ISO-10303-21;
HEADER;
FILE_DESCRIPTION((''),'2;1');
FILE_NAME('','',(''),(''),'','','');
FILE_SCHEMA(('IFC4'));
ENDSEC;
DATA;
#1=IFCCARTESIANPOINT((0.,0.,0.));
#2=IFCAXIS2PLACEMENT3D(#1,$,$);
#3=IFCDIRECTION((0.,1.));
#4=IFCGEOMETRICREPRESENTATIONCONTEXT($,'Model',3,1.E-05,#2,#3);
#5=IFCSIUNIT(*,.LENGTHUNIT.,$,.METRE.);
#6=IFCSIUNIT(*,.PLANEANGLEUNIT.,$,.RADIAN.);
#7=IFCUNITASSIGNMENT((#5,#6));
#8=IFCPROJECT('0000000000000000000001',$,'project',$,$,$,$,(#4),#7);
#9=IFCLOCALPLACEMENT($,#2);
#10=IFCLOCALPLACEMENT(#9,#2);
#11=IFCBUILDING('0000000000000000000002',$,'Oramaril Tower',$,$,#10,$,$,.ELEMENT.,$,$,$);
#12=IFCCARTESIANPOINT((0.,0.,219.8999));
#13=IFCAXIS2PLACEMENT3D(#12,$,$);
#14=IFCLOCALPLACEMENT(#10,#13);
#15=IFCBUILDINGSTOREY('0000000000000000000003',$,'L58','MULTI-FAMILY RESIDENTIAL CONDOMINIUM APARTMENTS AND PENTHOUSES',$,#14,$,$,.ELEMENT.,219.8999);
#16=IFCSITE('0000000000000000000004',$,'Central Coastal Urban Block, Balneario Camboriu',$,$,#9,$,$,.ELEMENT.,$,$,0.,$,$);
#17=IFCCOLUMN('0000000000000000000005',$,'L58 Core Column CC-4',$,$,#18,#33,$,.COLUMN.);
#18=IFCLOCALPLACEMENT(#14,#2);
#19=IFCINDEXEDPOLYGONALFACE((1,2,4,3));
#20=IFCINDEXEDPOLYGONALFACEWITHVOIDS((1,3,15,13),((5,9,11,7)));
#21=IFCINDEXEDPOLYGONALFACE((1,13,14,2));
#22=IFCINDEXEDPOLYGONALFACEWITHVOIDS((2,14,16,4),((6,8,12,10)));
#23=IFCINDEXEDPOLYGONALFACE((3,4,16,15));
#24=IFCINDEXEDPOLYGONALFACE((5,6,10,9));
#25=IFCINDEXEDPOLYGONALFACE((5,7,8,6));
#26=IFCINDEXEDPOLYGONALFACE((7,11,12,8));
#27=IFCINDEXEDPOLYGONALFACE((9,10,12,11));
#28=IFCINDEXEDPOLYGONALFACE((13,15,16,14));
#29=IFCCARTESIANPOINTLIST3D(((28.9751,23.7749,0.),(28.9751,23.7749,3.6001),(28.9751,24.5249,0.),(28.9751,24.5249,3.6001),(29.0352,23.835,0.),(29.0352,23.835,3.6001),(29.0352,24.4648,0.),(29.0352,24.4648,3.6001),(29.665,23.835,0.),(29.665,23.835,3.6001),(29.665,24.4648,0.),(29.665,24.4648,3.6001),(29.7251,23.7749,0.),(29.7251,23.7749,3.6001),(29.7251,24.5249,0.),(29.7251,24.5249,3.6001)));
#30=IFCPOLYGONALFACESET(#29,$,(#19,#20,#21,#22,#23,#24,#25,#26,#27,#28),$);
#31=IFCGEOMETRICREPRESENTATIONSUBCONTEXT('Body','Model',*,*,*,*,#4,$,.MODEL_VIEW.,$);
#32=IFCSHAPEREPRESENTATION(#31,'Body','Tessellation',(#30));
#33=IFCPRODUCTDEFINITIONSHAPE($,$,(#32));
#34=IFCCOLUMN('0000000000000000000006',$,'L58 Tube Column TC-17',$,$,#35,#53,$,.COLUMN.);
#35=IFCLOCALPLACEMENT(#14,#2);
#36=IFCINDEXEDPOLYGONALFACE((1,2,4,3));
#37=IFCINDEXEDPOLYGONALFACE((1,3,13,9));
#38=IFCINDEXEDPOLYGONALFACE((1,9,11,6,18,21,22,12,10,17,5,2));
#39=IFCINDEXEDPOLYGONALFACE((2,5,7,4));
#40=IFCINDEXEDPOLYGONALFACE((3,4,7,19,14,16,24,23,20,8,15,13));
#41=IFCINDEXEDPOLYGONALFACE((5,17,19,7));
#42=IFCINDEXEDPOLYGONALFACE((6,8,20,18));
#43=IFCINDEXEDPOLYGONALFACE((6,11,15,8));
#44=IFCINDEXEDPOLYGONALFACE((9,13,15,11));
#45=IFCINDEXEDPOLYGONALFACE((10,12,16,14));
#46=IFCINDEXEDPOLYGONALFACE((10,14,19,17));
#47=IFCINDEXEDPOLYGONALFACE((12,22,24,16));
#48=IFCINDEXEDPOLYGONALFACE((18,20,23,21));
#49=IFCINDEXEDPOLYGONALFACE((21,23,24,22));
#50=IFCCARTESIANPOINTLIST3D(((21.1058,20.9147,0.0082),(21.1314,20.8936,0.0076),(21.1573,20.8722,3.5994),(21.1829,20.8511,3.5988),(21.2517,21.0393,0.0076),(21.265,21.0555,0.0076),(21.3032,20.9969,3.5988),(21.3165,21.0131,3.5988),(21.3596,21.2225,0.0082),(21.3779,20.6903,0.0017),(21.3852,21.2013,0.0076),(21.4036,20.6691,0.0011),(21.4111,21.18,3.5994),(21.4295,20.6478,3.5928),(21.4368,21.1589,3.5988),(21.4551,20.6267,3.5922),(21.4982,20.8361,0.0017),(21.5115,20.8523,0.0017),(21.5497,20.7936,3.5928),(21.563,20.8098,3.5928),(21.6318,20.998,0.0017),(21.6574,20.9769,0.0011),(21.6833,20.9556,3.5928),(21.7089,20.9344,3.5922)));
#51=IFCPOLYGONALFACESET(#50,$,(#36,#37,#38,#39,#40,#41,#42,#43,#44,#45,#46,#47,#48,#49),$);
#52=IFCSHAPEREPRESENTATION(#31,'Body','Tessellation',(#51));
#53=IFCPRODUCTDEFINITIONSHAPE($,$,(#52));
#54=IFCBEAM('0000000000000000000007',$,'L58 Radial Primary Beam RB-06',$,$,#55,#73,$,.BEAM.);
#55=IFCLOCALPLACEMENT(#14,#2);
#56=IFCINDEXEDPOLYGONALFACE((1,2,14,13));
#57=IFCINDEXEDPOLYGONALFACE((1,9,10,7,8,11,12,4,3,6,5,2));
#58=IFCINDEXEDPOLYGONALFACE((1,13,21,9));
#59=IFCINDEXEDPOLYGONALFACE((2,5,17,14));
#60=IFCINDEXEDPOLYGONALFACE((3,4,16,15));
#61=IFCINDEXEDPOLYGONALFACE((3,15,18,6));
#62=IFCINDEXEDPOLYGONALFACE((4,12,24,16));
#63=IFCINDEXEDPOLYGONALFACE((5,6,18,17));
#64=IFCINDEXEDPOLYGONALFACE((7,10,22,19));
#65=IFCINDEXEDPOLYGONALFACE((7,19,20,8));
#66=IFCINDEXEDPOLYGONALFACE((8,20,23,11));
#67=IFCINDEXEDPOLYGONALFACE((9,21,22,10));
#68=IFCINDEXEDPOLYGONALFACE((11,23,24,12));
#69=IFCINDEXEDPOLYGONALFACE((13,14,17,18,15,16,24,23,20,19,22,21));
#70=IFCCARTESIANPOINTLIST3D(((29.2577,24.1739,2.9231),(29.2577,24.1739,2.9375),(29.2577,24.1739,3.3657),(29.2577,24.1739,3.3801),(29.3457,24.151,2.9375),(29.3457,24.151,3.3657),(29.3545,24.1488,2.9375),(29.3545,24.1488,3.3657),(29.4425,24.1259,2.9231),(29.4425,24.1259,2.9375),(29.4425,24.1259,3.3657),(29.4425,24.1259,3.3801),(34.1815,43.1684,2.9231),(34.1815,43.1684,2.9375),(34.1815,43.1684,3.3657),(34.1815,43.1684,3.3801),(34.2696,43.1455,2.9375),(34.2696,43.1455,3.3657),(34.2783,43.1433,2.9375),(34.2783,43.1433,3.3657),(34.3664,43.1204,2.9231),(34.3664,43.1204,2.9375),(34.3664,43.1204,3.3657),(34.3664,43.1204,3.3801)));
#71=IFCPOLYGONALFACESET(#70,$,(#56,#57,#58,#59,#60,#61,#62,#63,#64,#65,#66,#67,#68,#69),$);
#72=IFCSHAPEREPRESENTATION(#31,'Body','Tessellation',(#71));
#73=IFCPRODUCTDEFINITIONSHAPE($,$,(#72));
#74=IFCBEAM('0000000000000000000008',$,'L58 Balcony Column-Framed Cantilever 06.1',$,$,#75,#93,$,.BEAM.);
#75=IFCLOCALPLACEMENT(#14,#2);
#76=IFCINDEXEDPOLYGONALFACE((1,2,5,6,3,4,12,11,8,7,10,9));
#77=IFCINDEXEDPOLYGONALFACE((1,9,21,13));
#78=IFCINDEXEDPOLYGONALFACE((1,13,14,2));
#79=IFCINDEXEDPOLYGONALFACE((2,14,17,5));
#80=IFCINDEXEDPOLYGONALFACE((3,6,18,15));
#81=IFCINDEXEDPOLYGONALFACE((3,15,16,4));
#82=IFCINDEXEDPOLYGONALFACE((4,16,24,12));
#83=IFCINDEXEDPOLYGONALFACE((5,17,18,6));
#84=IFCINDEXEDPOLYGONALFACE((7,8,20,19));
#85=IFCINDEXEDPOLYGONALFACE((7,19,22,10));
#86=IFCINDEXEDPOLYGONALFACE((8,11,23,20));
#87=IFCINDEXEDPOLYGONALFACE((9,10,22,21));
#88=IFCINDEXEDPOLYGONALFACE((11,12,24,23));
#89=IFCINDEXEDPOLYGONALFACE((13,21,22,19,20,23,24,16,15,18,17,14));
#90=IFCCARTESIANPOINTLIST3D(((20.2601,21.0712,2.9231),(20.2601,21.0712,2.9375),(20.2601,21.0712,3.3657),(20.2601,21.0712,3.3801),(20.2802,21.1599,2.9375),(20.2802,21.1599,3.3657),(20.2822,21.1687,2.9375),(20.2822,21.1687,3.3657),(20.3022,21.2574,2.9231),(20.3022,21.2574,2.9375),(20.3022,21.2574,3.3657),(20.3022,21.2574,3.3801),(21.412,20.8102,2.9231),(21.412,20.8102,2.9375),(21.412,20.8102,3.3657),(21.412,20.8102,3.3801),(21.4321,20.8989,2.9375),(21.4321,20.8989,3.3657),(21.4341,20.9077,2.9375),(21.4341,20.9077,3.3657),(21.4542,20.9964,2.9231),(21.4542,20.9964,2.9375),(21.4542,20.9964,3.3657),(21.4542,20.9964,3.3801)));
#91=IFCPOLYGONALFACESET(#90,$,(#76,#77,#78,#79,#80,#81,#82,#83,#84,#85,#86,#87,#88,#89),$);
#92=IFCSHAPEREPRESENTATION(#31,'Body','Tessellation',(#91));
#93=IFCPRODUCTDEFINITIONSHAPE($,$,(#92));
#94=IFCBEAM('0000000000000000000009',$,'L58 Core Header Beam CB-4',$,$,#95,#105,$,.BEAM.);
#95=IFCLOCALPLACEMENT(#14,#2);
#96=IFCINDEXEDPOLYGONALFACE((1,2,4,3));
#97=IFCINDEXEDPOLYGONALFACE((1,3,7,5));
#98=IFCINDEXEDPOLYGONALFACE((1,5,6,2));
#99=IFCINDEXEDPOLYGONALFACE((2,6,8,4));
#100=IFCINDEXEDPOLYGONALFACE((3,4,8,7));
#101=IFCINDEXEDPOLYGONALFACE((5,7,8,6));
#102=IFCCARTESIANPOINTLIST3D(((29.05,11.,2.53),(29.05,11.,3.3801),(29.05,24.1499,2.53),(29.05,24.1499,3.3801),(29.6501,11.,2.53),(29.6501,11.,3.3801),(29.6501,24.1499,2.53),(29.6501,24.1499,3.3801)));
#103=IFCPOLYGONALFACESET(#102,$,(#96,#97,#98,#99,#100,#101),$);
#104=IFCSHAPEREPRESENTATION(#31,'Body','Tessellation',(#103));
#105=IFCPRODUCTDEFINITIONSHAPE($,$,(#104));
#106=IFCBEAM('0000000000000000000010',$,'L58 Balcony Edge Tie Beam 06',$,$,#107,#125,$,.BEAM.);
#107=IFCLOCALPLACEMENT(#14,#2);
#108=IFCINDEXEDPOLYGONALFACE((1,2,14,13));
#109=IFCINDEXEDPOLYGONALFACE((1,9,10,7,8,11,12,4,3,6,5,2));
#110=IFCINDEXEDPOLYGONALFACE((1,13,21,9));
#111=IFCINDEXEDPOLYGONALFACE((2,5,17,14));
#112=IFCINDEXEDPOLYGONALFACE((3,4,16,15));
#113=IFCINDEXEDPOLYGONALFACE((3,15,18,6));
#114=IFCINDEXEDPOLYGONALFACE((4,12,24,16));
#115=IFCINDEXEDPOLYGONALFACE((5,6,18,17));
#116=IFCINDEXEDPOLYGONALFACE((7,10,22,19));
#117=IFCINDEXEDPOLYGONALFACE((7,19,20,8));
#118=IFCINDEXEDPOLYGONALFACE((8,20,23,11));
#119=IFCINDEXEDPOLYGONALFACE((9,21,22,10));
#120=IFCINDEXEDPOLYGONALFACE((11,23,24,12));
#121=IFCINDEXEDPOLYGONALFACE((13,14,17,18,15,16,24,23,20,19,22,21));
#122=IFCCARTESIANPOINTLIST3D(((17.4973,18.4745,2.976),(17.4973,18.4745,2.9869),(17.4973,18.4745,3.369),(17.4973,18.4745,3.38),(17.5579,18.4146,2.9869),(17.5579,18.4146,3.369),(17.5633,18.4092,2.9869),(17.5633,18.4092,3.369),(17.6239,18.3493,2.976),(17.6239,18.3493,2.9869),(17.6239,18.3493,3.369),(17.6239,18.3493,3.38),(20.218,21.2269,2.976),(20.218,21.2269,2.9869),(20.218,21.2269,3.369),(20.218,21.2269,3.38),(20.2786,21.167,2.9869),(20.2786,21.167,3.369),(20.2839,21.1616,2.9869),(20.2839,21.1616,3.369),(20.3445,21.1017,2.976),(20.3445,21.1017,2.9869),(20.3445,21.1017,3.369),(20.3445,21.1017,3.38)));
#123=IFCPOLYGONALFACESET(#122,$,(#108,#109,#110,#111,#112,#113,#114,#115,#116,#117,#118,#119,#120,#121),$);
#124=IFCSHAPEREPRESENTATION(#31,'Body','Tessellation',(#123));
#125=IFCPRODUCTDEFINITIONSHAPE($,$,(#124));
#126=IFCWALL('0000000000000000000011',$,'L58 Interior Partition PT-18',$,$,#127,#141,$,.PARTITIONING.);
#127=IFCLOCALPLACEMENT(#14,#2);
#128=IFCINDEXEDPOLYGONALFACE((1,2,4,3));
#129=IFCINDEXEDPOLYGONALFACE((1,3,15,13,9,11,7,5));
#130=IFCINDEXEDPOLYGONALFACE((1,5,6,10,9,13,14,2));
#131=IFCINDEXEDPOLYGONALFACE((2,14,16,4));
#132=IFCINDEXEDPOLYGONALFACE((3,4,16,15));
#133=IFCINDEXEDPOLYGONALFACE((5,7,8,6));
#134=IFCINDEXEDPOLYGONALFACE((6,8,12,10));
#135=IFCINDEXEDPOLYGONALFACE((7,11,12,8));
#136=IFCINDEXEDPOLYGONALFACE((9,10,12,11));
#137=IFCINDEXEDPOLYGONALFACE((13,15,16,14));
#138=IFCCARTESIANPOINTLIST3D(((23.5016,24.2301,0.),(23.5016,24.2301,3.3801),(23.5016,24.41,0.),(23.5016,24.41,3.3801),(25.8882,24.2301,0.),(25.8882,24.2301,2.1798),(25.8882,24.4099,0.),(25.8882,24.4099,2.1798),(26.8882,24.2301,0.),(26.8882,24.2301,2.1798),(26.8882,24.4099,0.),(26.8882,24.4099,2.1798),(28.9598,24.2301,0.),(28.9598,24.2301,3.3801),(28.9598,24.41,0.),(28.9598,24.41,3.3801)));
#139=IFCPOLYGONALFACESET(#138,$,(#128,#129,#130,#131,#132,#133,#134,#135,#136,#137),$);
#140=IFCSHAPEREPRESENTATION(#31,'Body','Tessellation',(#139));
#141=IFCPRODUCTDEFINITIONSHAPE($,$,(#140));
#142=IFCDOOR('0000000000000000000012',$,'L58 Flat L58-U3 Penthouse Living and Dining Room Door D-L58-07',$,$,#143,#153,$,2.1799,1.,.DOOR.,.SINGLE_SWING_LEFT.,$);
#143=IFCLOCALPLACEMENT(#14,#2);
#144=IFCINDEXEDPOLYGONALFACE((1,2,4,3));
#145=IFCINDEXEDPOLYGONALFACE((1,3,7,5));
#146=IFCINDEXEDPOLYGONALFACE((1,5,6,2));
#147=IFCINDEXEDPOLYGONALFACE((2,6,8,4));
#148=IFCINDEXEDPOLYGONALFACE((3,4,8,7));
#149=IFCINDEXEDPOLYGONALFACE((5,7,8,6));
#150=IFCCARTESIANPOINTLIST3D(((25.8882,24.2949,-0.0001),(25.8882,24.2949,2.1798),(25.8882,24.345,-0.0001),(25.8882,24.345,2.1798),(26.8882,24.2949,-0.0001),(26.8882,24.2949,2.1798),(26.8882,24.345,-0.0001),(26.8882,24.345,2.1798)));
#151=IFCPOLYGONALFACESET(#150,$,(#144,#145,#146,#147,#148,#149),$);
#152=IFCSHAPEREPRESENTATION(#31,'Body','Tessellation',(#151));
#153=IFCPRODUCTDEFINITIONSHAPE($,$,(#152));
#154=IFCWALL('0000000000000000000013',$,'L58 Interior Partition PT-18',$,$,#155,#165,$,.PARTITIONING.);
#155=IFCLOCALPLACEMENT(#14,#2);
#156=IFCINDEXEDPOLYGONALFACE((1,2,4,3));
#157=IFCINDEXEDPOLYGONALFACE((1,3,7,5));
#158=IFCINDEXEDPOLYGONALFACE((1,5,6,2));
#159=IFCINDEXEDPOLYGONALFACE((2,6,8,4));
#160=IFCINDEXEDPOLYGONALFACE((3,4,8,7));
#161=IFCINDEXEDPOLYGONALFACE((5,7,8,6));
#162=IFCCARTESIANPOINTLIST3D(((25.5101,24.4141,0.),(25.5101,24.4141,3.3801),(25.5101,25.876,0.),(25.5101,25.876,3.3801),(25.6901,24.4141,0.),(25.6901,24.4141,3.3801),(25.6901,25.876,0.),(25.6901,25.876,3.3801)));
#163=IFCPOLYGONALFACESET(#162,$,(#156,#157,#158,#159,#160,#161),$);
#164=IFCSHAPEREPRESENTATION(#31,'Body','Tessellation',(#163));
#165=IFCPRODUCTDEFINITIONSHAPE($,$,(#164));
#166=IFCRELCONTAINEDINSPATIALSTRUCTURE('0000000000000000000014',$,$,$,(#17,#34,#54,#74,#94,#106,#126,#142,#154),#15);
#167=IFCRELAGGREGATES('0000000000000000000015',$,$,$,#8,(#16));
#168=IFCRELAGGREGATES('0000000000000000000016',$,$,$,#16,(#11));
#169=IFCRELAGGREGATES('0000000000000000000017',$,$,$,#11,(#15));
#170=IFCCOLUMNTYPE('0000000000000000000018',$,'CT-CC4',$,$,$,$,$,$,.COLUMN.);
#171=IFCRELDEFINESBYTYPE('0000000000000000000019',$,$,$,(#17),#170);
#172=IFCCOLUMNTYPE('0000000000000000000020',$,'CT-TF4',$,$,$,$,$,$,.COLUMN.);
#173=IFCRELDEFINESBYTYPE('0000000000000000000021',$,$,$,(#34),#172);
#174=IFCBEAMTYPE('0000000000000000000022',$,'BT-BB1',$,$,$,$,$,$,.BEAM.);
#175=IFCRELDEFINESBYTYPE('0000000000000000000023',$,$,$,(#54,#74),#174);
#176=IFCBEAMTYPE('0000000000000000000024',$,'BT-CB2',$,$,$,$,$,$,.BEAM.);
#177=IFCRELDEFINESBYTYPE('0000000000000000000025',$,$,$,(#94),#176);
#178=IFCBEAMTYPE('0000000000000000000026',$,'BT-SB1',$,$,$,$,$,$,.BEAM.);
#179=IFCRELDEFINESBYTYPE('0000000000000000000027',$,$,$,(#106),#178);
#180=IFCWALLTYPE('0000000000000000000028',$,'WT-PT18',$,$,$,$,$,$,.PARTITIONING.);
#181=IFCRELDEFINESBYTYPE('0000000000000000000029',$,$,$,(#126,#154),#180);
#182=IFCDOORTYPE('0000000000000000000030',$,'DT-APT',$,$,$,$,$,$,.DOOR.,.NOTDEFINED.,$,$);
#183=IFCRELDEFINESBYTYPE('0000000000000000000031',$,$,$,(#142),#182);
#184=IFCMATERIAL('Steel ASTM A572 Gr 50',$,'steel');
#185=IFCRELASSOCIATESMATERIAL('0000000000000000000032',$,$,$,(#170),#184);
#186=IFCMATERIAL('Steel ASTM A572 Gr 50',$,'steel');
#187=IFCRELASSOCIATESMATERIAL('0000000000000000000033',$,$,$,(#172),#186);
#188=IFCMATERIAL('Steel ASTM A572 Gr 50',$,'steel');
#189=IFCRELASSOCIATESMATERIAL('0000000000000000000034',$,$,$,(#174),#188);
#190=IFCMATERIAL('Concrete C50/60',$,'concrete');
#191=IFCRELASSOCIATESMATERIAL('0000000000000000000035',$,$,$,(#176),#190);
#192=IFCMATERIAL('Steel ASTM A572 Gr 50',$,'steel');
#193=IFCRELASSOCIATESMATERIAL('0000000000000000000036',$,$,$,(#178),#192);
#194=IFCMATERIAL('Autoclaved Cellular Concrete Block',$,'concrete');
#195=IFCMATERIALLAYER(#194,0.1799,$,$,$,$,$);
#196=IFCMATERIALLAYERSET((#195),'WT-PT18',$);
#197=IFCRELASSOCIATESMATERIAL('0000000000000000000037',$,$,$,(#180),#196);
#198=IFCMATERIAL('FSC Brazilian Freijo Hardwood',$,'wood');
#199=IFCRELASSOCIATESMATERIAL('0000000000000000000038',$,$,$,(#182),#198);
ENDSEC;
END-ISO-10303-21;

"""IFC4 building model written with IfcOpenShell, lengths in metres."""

from ifc_helpers import new_model, si_unit, direction, frame, frame_2d, origin, origin_2d, place, context, subcontext, project, spatial, rectangle, hollow_rectangle, i_section, extrude, material, layer, layer_set, material_profile, profile_set, type_object, element, fill, save


model = new_model("IFC4")

# Units and contexts
model_context = context("Model", 3, precision=1e-05, world=origin(), true_north=direction((0.0, 1.0)))
body_context = subcontext(model_context, "Body", "Model", "MODEL_VIEW")
ifc_project = project(units=[si_unit("LENGTHUNIT", "METRE"), si_unit("PLANEANGLEUNIT", "RADIAN")], contexts=[model_context])

# Site, building, storey
site_placement = place(None, origin())
site = spatial("IfcSite", under=ifc_project, at=site_placement, Name="Central Coastal Urban Block, Balneario Camboriu", CompositionType="ELEMENT", RefElevation=0.0)
building_placement = place(site_placement, origin())
building = spatial("IfcBuilding", under=site, at=building_placement, Name="Oramaril Tower", CompositionType="ELEMENT")
storey_placement = place(building_placement, frame((0.0, 0.0, 219.8999)))
storey = spatial("IfcBuildingStorey", under=building, at=storey_placement, Name="L58", Description="MULTI-FAMILY RESIDENTIAL CONDOMINIUM APARTMENTS AND PENTHOUSES", CompositionType="ELEMENT", Elevation=219.8999)

# Columns
ifc_material_1 = material(Name="Steel ASTM A572 Gr 50", Category="steel")
ifc_material_profile_1 = material_profile(ifc_material_1, hollow_rectangle(XDim=0.75, YDim=0.75, WallThickness=0.0601, at=origin_2d()), Name="BOX750X750X60")
ifc_profile_set_1 = profile_set([ifc_material_profile_1], Name="Steel ASTM A572 Gr 50")
column_type_1 = type_object("IfcColumnType", Name="CT-CC4", PredefinedType="COLUMN", material=ifc_profile_set_1)
column_1_placement = place(storey_placement, frame((29.3501, 24.1499, 0.0), z_axis=(0.0, 0.0, 1.0), x_axis=(1.0, 0.0, 0.0)))
element("IfcColumn", 1, at=column_1_placement, inside=storey, type_object=column_type_1, Name="L58 Core Column CC-4", PredefinedType="COLUMN", context=body_context, shape_type="SweptSolid", body=[
    extrude(hollow_rectangle(XDim=0.75, YDim=0.75, WallThickness=0.0601, at=origin_2d()), origin(), (0.0, 0.0, 1.0), 3.6001),
])
ifc_material_2 = material(Name="Steel ASTM A572 Gr 50", Category="steel")
ifc_material_profile_2 = material_profile(ifc_material_2, i_section(OverallWidth=0.3989, OverallDepth=0.386, WebThickness=0.021, FlangeThickness=0.0332, at=origin_2d()), Name="W14X176")
ifc_profile_set_2 = profile_set([ifc_material_profile_2], Name="Steel ASTM A572 Gr 50")
column_type_2 = type_object("IfcColumnType", Name="CT-TF4", PredefinedType="COLUMN", material=ifc_profile_set_2)
column_2_placement = place(storey_placement, frame((21.3816, 20.9458, 0.0046), z_axis=(0.014342, -0.011827, 0.999827), x_axis=(0.63622, 0.771508, 0.0)))
element("IfcColumn", 2, at=column_2_placement, inside=storey, type_object=column_type_2, Name="L58 Tube Column TC-17", PredefinedType="COLUMN", context=body_context, shape_type="SweptSolid", body=[
    extrude(i_section(OverallWidth=0.3989, OverallDepth=0.386, WebThickness=0.021, FlangeThickness=0.0332, at=origin_2d()), origin(), (0.0, 0.0, 1.0), 3.5918),
])

# Beams
ifc_material_3 = material(Name="Steel ASTM A572 Gr 50", Category="steel")
ifc_material_profile_3 = material_profile(ifc_material_3, i_section(OverallWidth=0.1909, OverallDepth=0.457, WebThickness=0.009, FlangeThickness=0.0144, at=origin_2d()), Name="W18X50")
ifc_profile_set_3 = profile_set([ifc_material_profile_3], Name="Steel ASTM A572 Gr 50")
beam_type_1 = type_object("IfcBeamType", Name="BT-BB1", PredefinedType="BEAM", material=ifc_profile_set_3)
beam_1_placement = place(storey_placement, frame((29.3501, 24.1499, 3.1516), z_axis=(0.250932, 0.968005, 0.0), x_axis=(-0.968005, 0.250932, 0.0)))
element("IfcBeam", 3, at=beam_1_placement, inside=storey, type_object=beam_type_1, Name="L58 Radial Primary Beam RB-06", PredefinedType="BEAM", context=body_context, shape_type="SweptSolid", body=[
    extrude(i_section(OverallWidth=0.1909, OverallDepth=0.457, WebThickness=0.009, FlangeThickness=0.0144, at=origin_2d()), origin(), (0.0, 0.0, 1.0), 19.6223),
])
beam_2_placement = place(storey_placement, frame((21.4331, 20.9033, 3.1516), z_axis=(-0.975279, 0.220978, 0.0), x_axis=(-0.220978, -0.975279, 0.0)))
element("IfcBeam", 4, at=beam_2_placement, inside=storey, type_object=beam_type_1, Name="L58 Balcony Column-Framed Cantilever 06.1", PredefinedType="BEAM", context=body_context, shape_type="SweptSolid", body=[
    extrude(i_section(OverallWidth=0.1909, OverallDepth=0.457, WebThickness=0.009, FlangeThickness=0.0144, at=origin_2d()), origin(), (0.0, 0.0, 1.0), 1.1812),
])
ifc_material_4 = material(Name="Concrete C50/60", Category="concrete")
ifc_material_profile_4 = material_profile(ifc_material_4, rectangle(XDim=0.6001, YDim=0.8501, at=origin_2d()), Name="CB600X850")
ifc_profile_set_4 = profile_set([ifc_material_profile_4], Name="Concrete C50/60")
beam_type_2 = type_object("IfcBeamType", Name="BT-CB2", PredefinedType="BEAM", material=ifc_profile_set_4)
beam_3_placement = place(storey_placement, frame((29.3501, 24.1499, 2.9551), z_axis=(0.0, -1.0, 0.0), x_axis=(1.0, 0.0, 0.0)))
element("IfcBeam", 5, at=beam_3_placement, inside=storey, type_object=beam_type_2, Name="L58 Core Header Beam CB-4", PredefinedType="BEAM", context=body_context, shape_type="SweptSolid", body=[
    extrude(rectangle(XDim=0.6001, YDim=0.8501, at=origin_2d()), origin(), (0.0, 0.0, 1.0), 13.1499),
])
ifc_material_5 = material(Name="Steel ASTM A572 Gr 50", Category="steel")
ifc_material_profile_5 = material_profile(ifc_material_5, i_section(OverallWidth=0.178, OverallDepth=0.4041, WebThickness=0.0076, FlangeThickness=0.011, at=origin_2d()), Name="W16X36")
ifc_profile_set_5 = profile_set([ifc_material_profile_5], Name="Steel ASTM A572 Gr 50")
beam_type_3 = type_object("IfcBeamType", Name="BT-SB1", PredefinedType="BEAM", material=ifc_profile_set_5)
beam_4_placement = place(storey_placement, frame((20.2812, 21.1643, 3.178), z_axis=(-0.702995, -0.711195, 0.0), x_axis=(0.711195, -0.702995, 0.0)))
element("IfcBeam", 6, at=beam_4_placement, inside=storey, type_object=beam_type_3, Name="L58 Balcony Edge Tie Beam 06", PredefinedType="BEAM", context=body_context, shape_type="SweptSolid", body=[
    extrude(i_section(OverallWidth=0.178, OverallDepth=0.4041, WebThickness=0.0076, FlangeThickness=0.011, at=origin_2d()), origin(), (0.0, 0.0, 1.0), 3.8701),
])

# Wall, opening, door
ifc_material_6 = material(Name="Autoclaved Cellular Concrete Block", Category="concrete")
ifc_layer_1 = layer(ifc_material_6, 0.1799)
ifc_layer_set_1 = layer_set([ifc_layer_1], Name="WT-PT18")
wall_type_1 = type_object("IfcWallType", Name="WT-PT18", PredefinedType="PARTITIONING", material=ifc_layer_set_1)
wall_1_placement = place(storey_placement, frame((23.5017, 24.3201, 0.0), z_axis=(0.0, 0.0, 1.0), x_axis=(1.0, 0.0, 0.0)))
wall_1 = element("IfcWall", 7, at=wall_1_placement, inside=storey, type_object=wall_type_1, Name="L58 Interior Partition PT-18", PredefinedType="PARTITIONING", context=body_context, shape_type="SweptSolid", body=[
    extrude(rectangle(XDim=5.4583, YDim=0.1799, at=frame_2d((2.729, 0.0))), origin(), (0.0, 0.0, 1.0), 3.3801),
])
opening_1_placement = place(wall_1_placement, frame((2.3865, 0.0, 0.0)))
opening_1 = element("IfcOpeningElement", 8, at=opening_1_placement, cuts=wall_1, PredefinedType="OPENING", context=body_context, shape_type="SweptSolid", body=[
    extrude(rectangle(XDim=1.0, YDim=2.1799, at=frame_2d((0.5, 1.0898))), frame((0.0, 0.0898, 0.0), z_axis=(0.0, -1.0, 0.0), x_axis=(1.0, 0.0, 0.0)), (0.0, 0.0, 1.0), 0.1799),
])
ifc_material_7 = material(Name="FSC Brazilian Freijo Hardwood", Category="wood")
door_type_1 = type_object("IfcDoorType", Name="DT-APT", OperationType="NOTDEFINED", PredefinedType="DOOR", material=ifc_material_7)
door_1_placement = place(opening_1_placement, origin())
door_1 = element("IfcDoor", 9, at=door_1_placement, inside=storey, type_object=door_type_1, Name="L58 Flat L58-U3 Penthouse Living and Dining Room Door D-L58-07", OperationType="SINGLE_SWING_LEFT", OverallHeight=2.1799, OverallWidth=1.0, PredefinedType="DOOR", context=body_context, shape_type="SweptSolid", body=[
    extrude(rectangle(XDim=1.0, YDim=2.1799, at=frame_2d((0.5, 1.0898))), frame((0.0, 0.0249, 0.0), z_axis=(0.0, -1.0, 0.0), x_axis=(1.0, 0.0, 0.0)), (0.0, 0.0, 1.0), 0.05),
])
fill(opening_1, door_1)

# Wall
wall_2_placement = place(storey_placement, frame((25.6001, 24.4141, 0.0), z_axis=(0.0, 0.0, 1.0), x_axis=(0.0, 1.0, 0.0)))
element("IfcWall", 10, at=wall_2_placement, inside=storey, type_object=wall_type_1, Name="L58 Interior Partition PT-18", PredefinedType="PARTITIONING", context=body_context, shape_type="SweptSolid", body=[
    extrude(rectangle(XDim=1.4619, YDim=0.1799, at=frame_2d((0.731, 0.0))), origin(), (0.0, 0.0, 1.0), 3.3801),
])

save(model, "model.ifc")
